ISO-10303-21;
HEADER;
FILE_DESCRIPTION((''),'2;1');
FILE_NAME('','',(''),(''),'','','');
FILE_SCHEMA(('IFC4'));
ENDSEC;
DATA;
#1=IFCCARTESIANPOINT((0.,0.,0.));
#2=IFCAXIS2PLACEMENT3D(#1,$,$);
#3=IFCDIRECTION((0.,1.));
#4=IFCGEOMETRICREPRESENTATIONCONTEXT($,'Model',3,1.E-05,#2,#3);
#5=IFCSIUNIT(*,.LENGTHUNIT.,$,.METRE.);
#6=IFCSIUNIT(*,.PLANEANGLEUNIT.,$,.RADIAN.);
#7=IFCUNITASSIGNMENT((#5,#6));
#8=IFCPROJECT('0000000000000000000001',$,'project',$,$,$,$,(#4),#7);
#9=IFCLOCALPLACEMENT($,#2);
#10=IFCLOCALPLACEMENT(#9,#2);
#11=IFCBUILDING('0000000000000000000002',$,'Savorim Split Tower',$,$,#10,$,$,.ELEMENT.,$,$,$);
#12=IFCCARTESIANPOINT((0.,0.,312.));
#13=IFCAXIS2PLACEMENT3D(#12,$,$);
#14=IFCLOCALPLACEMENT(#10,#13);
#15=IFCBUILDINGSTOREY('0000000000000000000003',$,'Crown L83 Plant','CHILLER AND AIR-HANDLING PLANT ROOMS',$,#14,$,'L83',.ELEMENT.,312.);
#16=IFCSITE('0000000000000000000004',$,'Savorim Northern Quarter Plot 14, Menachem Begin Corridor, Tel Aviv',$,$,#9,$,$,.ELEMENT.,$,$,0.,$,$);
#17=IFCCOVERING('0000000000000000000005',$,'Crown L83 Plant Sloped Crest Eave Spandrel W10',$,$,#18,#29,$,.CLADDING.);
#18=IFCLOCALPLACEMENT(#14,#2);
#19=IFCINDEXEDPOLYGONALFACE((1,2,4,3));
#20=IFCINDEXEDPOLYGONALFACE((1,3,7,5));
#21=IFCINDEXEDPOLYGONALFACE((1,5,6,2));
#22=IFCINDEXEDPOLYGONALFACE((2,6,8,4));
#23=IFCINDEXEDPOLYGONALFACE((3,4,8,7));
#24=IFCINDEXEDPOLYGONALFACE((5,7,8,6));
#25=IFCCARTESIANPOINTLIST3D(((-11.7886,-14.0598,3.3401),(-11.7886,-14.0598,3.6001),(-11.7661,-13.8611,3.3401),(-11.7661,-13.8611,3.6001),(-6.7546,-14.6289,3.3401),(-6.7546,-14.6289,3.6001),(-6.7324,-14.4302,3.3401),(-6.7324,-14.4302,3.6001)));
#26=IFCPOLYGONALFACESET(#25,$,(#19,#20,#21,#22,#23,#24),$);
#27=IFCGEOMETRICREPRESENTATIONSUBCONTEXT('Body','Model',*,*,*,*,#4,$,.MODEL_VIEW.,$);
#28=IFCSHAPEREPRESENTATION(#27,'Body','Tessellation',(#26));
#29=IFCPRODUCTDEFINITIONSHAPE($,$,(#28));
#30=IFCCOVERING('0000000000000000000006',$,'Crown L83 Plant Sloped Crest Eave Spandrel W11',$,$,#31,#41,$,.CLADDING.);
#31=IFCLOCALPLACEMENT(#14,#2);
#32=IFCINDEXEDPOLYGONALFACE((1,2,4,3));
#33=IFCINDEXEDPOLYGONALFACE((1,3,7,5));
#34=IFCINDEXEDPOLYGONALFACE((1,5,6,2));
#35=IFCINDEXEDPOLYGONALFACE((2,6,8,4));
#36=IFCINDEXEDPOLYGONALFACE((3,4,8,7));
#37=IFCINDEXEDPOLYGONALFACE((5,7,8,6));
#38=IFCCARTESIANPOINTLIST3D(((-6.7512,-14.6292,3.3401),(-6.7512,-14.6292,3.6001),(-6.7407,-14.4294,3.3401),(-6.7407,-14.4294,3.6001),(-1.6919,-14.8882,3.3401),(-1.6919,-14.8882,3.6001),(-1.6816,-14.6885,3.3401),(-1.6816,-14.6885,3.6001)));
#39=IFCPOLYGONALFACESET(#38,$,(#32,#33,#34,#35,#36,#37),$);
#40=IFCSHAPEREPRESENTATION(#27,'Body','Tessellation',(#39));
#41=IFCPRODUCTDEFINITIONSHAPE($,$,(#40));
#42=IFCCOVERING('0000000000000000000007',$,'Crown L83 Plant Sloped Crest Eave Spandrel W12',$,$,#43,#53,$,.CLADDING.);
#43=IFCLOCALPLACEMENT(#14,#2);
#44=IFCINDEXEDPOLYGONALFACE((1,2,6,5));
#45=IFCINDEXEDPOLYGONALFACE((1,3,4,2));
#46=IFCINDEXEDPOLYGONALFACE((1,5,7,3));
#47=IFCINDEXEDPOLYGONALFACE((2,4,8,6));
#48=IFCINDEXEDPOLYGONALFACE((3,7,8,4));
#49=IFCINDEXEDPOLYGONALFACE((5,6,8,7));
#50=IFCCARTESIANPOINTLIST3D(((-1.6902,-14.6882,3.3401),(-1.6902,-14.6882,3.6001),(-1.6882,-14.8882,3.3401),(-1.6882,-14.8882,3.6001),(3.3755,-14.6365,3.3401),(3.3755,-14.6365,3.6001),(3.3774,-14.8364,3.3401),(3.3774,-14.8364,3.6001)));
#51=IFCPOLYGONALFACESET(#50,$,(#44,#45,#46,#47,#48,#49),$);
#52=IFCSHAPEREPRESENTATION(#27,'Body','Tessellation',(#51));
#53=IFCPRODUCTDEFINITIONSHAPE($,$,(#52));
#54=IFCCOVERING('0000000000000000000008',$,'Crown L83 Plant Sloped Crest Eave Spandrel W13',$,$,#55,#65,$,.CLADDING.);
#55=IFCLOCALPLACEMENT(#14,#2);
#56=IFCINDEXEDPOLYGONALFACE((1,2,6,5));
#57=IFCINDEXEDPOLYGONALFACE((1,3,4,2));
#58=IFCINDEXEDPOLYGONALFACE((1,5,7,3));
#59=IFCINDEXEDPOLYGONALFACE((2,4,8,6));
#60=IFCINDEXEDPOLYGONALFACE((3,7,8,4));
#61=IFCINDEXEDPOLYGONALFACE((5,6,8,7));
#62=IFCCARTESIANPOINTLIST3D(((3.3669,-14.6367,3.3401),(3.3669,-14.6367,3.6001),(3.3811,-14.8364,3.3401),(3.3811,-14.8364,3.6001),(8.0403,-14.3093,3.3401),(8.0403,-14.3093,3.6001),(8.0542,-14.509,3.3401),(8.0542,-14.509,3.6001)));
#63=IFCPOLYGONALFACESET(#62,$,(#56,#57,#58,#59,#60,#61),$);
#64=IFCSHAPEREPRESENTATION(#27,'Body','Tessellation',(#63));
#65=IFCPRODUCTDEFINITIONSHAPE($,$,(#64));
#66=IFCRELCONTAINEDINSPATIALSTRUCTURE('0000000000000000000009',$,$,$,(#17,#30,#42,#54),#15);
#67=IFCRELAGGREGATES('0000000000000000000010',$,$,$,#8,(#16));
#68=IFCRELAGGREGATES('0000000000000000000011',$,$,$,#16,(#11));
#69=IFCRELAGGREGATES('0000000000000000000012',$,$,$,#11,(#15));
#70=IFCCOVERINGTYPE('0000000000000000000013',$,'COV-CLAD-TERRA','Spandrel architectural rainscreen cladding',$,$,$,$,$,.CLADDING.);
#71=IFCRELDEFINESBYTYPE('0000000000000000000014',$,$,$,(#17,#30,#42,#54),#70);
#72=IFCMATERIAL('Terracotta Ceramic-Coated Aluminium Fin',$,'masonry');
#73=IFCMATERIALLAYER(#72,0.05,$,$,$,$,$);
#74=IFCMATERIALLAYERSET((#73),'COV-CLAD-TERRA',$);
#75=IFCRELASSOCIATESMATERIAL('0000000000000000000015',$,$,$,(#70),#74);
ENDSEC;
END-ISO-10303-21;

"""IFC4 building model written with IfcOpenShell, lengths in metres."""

from ifc_helpers import new_model, si_unit, direction, frame, origin, place, context, subcontext, project, spatial, polyline, outline, extrude, material, layer, layer_set, type_object, element, save


model = new_model("IFC4")

# Units and contexts
model_context = context("Model", 3, precision=1e-05, world=origin(), true_north=direction((0.0, 1.0)))
body_context = subcontext(model_context, "Body", "Model", "MODEL_VIEW")
ifc_project = project(units=[si_unit("LENGTHUNIT", "METRE"), si_unit("PLANEANGLEUNIT", "RADIAN")], contexts=[model_context])

# Site, building, storey
site_placement = place(None, origin())
site = spatial("IfcSite", under=ifc_project, at=site_placement, Name="Savorim Northern Quarter Plot 14, Menachem Begin Corridor, Tel Aviv", CompositionType="ELEMENT", RefElevation=0.0)
building_placement = place(site_placement, origin())
building = spatial("IfcBuilding", under=site, at=building_placement, Name="Savorim Split Tower", CompositionType="ELEMENT")
storey_placement = place(building_placement, frame((0.0, 0.0, 312.0)))
storey = spatial("IfcBuildingStorey", under=building, at=storey_placement, Name="Crown L83 Plant", Description="CHILLER AND AIR-HANDLING PLANT ROOMS", LongName="L83", CompositionType="ELEMENT", Elevation=312.0)

# Coverings
ifc_material_1 = material(Name="Terracotta Ceramic-Coated Aluminium Fin", Category="masonry")
ifc_layer_1 = layer(ifc_material_1, 0.05)
ifc_layer_set_1 = layer_set([ifc_layer_1], Name="COV-CLAD-TERRA")
covering_type = type_object("IfcCoveringType", Name="COV-CLAD-TERRA", Description="Spandrel architectural rainscreen cladding", PredefinedType="CLADDING", material=ifc_layer_set_1)
covering_1_placement = place(storey_placement, frame((0.0, 0.0, 3.3401)))
element("IfcCovering", 1, at=covering_1_placement, inside=storey, type_object=covering_type, Name="Crown L83 Plant Sloped Crest Eave Spandrel W10", PredefinedType="CLADDING", context=body_context, shape_type="SweptSolid", body=[
    extrude(outline(polyline([(-11.7886, -14.0598), (-6.7546, -14.6289), (-6.7324, -14.4302), (-11.7661, -13.8611), (-11.7886, -14.0598)])), origin(), (0.0, 0.0, 1.0), 0.26),
])
covering_2_placement = place(storey_placement, frame((0.0, 0.0, 3.3401)))
element("IfcCovering", 2, at=covering_2_placement, inside=storey, type_object=covering_type, Name="Crown L83 Plant Sloped Crest Eave Spandrel W11", PredefinedType="CLADDING", context=body_context, shape_type="SweptSolid", body=[
    extrude(outline(polyline([(-6.7512, -14.6292), (-1.6919, -14.8882), (-1.6816, -14.6885), (-6.7407, -14.4294), (-6.7512, -14.6292)])), origin(), (0.0, 0.0, 1.0), 0.26),
])
covering_3_placement = place(storey_placement, frame((0.0, 0.0, 3.3401)))
element("IfcCovering", 3, at=covering_3_placement, inside=storey, type_object=covering_type, Name="Crown L83 Plant Sloped Crest Eave Spandrel W12", PredefinedType="CLADDING", context=body_context, shape_type="SweptSolid", body=[
    extrude(outline(polyline([(-1.6882, -14.8882), (3.3774, -14.8364), (3.3755, -14.6365), (-1.6902, -14.6882), (-1.6882, -14.8882)])), origin(), (0.0, 0.0, 1.0), 0.26),
])
covering_4_placement = place(storey_placement, frame((0.0, 0.0, 3.3401)))
element("IfcCovering", 4, at=covering_4_placement, inside=storey, type_object=covering_type, Name="Crown L83 Plant Sloped Crest Eave Spandrel W13", PredefinedType="CLADDING", context=body_context, shape_type="SweptSolid", body=[
    extrude(outline(polyline([(3.3811, -14.8364), (8.0542, -14.509), (8.0403, -14.3093), (3.3669, -14.6367), (3.3811, -14.8364)])), origin(), (0.0, 0.0, 1.0), 0.26),
])

save(model, "model.ifc")
